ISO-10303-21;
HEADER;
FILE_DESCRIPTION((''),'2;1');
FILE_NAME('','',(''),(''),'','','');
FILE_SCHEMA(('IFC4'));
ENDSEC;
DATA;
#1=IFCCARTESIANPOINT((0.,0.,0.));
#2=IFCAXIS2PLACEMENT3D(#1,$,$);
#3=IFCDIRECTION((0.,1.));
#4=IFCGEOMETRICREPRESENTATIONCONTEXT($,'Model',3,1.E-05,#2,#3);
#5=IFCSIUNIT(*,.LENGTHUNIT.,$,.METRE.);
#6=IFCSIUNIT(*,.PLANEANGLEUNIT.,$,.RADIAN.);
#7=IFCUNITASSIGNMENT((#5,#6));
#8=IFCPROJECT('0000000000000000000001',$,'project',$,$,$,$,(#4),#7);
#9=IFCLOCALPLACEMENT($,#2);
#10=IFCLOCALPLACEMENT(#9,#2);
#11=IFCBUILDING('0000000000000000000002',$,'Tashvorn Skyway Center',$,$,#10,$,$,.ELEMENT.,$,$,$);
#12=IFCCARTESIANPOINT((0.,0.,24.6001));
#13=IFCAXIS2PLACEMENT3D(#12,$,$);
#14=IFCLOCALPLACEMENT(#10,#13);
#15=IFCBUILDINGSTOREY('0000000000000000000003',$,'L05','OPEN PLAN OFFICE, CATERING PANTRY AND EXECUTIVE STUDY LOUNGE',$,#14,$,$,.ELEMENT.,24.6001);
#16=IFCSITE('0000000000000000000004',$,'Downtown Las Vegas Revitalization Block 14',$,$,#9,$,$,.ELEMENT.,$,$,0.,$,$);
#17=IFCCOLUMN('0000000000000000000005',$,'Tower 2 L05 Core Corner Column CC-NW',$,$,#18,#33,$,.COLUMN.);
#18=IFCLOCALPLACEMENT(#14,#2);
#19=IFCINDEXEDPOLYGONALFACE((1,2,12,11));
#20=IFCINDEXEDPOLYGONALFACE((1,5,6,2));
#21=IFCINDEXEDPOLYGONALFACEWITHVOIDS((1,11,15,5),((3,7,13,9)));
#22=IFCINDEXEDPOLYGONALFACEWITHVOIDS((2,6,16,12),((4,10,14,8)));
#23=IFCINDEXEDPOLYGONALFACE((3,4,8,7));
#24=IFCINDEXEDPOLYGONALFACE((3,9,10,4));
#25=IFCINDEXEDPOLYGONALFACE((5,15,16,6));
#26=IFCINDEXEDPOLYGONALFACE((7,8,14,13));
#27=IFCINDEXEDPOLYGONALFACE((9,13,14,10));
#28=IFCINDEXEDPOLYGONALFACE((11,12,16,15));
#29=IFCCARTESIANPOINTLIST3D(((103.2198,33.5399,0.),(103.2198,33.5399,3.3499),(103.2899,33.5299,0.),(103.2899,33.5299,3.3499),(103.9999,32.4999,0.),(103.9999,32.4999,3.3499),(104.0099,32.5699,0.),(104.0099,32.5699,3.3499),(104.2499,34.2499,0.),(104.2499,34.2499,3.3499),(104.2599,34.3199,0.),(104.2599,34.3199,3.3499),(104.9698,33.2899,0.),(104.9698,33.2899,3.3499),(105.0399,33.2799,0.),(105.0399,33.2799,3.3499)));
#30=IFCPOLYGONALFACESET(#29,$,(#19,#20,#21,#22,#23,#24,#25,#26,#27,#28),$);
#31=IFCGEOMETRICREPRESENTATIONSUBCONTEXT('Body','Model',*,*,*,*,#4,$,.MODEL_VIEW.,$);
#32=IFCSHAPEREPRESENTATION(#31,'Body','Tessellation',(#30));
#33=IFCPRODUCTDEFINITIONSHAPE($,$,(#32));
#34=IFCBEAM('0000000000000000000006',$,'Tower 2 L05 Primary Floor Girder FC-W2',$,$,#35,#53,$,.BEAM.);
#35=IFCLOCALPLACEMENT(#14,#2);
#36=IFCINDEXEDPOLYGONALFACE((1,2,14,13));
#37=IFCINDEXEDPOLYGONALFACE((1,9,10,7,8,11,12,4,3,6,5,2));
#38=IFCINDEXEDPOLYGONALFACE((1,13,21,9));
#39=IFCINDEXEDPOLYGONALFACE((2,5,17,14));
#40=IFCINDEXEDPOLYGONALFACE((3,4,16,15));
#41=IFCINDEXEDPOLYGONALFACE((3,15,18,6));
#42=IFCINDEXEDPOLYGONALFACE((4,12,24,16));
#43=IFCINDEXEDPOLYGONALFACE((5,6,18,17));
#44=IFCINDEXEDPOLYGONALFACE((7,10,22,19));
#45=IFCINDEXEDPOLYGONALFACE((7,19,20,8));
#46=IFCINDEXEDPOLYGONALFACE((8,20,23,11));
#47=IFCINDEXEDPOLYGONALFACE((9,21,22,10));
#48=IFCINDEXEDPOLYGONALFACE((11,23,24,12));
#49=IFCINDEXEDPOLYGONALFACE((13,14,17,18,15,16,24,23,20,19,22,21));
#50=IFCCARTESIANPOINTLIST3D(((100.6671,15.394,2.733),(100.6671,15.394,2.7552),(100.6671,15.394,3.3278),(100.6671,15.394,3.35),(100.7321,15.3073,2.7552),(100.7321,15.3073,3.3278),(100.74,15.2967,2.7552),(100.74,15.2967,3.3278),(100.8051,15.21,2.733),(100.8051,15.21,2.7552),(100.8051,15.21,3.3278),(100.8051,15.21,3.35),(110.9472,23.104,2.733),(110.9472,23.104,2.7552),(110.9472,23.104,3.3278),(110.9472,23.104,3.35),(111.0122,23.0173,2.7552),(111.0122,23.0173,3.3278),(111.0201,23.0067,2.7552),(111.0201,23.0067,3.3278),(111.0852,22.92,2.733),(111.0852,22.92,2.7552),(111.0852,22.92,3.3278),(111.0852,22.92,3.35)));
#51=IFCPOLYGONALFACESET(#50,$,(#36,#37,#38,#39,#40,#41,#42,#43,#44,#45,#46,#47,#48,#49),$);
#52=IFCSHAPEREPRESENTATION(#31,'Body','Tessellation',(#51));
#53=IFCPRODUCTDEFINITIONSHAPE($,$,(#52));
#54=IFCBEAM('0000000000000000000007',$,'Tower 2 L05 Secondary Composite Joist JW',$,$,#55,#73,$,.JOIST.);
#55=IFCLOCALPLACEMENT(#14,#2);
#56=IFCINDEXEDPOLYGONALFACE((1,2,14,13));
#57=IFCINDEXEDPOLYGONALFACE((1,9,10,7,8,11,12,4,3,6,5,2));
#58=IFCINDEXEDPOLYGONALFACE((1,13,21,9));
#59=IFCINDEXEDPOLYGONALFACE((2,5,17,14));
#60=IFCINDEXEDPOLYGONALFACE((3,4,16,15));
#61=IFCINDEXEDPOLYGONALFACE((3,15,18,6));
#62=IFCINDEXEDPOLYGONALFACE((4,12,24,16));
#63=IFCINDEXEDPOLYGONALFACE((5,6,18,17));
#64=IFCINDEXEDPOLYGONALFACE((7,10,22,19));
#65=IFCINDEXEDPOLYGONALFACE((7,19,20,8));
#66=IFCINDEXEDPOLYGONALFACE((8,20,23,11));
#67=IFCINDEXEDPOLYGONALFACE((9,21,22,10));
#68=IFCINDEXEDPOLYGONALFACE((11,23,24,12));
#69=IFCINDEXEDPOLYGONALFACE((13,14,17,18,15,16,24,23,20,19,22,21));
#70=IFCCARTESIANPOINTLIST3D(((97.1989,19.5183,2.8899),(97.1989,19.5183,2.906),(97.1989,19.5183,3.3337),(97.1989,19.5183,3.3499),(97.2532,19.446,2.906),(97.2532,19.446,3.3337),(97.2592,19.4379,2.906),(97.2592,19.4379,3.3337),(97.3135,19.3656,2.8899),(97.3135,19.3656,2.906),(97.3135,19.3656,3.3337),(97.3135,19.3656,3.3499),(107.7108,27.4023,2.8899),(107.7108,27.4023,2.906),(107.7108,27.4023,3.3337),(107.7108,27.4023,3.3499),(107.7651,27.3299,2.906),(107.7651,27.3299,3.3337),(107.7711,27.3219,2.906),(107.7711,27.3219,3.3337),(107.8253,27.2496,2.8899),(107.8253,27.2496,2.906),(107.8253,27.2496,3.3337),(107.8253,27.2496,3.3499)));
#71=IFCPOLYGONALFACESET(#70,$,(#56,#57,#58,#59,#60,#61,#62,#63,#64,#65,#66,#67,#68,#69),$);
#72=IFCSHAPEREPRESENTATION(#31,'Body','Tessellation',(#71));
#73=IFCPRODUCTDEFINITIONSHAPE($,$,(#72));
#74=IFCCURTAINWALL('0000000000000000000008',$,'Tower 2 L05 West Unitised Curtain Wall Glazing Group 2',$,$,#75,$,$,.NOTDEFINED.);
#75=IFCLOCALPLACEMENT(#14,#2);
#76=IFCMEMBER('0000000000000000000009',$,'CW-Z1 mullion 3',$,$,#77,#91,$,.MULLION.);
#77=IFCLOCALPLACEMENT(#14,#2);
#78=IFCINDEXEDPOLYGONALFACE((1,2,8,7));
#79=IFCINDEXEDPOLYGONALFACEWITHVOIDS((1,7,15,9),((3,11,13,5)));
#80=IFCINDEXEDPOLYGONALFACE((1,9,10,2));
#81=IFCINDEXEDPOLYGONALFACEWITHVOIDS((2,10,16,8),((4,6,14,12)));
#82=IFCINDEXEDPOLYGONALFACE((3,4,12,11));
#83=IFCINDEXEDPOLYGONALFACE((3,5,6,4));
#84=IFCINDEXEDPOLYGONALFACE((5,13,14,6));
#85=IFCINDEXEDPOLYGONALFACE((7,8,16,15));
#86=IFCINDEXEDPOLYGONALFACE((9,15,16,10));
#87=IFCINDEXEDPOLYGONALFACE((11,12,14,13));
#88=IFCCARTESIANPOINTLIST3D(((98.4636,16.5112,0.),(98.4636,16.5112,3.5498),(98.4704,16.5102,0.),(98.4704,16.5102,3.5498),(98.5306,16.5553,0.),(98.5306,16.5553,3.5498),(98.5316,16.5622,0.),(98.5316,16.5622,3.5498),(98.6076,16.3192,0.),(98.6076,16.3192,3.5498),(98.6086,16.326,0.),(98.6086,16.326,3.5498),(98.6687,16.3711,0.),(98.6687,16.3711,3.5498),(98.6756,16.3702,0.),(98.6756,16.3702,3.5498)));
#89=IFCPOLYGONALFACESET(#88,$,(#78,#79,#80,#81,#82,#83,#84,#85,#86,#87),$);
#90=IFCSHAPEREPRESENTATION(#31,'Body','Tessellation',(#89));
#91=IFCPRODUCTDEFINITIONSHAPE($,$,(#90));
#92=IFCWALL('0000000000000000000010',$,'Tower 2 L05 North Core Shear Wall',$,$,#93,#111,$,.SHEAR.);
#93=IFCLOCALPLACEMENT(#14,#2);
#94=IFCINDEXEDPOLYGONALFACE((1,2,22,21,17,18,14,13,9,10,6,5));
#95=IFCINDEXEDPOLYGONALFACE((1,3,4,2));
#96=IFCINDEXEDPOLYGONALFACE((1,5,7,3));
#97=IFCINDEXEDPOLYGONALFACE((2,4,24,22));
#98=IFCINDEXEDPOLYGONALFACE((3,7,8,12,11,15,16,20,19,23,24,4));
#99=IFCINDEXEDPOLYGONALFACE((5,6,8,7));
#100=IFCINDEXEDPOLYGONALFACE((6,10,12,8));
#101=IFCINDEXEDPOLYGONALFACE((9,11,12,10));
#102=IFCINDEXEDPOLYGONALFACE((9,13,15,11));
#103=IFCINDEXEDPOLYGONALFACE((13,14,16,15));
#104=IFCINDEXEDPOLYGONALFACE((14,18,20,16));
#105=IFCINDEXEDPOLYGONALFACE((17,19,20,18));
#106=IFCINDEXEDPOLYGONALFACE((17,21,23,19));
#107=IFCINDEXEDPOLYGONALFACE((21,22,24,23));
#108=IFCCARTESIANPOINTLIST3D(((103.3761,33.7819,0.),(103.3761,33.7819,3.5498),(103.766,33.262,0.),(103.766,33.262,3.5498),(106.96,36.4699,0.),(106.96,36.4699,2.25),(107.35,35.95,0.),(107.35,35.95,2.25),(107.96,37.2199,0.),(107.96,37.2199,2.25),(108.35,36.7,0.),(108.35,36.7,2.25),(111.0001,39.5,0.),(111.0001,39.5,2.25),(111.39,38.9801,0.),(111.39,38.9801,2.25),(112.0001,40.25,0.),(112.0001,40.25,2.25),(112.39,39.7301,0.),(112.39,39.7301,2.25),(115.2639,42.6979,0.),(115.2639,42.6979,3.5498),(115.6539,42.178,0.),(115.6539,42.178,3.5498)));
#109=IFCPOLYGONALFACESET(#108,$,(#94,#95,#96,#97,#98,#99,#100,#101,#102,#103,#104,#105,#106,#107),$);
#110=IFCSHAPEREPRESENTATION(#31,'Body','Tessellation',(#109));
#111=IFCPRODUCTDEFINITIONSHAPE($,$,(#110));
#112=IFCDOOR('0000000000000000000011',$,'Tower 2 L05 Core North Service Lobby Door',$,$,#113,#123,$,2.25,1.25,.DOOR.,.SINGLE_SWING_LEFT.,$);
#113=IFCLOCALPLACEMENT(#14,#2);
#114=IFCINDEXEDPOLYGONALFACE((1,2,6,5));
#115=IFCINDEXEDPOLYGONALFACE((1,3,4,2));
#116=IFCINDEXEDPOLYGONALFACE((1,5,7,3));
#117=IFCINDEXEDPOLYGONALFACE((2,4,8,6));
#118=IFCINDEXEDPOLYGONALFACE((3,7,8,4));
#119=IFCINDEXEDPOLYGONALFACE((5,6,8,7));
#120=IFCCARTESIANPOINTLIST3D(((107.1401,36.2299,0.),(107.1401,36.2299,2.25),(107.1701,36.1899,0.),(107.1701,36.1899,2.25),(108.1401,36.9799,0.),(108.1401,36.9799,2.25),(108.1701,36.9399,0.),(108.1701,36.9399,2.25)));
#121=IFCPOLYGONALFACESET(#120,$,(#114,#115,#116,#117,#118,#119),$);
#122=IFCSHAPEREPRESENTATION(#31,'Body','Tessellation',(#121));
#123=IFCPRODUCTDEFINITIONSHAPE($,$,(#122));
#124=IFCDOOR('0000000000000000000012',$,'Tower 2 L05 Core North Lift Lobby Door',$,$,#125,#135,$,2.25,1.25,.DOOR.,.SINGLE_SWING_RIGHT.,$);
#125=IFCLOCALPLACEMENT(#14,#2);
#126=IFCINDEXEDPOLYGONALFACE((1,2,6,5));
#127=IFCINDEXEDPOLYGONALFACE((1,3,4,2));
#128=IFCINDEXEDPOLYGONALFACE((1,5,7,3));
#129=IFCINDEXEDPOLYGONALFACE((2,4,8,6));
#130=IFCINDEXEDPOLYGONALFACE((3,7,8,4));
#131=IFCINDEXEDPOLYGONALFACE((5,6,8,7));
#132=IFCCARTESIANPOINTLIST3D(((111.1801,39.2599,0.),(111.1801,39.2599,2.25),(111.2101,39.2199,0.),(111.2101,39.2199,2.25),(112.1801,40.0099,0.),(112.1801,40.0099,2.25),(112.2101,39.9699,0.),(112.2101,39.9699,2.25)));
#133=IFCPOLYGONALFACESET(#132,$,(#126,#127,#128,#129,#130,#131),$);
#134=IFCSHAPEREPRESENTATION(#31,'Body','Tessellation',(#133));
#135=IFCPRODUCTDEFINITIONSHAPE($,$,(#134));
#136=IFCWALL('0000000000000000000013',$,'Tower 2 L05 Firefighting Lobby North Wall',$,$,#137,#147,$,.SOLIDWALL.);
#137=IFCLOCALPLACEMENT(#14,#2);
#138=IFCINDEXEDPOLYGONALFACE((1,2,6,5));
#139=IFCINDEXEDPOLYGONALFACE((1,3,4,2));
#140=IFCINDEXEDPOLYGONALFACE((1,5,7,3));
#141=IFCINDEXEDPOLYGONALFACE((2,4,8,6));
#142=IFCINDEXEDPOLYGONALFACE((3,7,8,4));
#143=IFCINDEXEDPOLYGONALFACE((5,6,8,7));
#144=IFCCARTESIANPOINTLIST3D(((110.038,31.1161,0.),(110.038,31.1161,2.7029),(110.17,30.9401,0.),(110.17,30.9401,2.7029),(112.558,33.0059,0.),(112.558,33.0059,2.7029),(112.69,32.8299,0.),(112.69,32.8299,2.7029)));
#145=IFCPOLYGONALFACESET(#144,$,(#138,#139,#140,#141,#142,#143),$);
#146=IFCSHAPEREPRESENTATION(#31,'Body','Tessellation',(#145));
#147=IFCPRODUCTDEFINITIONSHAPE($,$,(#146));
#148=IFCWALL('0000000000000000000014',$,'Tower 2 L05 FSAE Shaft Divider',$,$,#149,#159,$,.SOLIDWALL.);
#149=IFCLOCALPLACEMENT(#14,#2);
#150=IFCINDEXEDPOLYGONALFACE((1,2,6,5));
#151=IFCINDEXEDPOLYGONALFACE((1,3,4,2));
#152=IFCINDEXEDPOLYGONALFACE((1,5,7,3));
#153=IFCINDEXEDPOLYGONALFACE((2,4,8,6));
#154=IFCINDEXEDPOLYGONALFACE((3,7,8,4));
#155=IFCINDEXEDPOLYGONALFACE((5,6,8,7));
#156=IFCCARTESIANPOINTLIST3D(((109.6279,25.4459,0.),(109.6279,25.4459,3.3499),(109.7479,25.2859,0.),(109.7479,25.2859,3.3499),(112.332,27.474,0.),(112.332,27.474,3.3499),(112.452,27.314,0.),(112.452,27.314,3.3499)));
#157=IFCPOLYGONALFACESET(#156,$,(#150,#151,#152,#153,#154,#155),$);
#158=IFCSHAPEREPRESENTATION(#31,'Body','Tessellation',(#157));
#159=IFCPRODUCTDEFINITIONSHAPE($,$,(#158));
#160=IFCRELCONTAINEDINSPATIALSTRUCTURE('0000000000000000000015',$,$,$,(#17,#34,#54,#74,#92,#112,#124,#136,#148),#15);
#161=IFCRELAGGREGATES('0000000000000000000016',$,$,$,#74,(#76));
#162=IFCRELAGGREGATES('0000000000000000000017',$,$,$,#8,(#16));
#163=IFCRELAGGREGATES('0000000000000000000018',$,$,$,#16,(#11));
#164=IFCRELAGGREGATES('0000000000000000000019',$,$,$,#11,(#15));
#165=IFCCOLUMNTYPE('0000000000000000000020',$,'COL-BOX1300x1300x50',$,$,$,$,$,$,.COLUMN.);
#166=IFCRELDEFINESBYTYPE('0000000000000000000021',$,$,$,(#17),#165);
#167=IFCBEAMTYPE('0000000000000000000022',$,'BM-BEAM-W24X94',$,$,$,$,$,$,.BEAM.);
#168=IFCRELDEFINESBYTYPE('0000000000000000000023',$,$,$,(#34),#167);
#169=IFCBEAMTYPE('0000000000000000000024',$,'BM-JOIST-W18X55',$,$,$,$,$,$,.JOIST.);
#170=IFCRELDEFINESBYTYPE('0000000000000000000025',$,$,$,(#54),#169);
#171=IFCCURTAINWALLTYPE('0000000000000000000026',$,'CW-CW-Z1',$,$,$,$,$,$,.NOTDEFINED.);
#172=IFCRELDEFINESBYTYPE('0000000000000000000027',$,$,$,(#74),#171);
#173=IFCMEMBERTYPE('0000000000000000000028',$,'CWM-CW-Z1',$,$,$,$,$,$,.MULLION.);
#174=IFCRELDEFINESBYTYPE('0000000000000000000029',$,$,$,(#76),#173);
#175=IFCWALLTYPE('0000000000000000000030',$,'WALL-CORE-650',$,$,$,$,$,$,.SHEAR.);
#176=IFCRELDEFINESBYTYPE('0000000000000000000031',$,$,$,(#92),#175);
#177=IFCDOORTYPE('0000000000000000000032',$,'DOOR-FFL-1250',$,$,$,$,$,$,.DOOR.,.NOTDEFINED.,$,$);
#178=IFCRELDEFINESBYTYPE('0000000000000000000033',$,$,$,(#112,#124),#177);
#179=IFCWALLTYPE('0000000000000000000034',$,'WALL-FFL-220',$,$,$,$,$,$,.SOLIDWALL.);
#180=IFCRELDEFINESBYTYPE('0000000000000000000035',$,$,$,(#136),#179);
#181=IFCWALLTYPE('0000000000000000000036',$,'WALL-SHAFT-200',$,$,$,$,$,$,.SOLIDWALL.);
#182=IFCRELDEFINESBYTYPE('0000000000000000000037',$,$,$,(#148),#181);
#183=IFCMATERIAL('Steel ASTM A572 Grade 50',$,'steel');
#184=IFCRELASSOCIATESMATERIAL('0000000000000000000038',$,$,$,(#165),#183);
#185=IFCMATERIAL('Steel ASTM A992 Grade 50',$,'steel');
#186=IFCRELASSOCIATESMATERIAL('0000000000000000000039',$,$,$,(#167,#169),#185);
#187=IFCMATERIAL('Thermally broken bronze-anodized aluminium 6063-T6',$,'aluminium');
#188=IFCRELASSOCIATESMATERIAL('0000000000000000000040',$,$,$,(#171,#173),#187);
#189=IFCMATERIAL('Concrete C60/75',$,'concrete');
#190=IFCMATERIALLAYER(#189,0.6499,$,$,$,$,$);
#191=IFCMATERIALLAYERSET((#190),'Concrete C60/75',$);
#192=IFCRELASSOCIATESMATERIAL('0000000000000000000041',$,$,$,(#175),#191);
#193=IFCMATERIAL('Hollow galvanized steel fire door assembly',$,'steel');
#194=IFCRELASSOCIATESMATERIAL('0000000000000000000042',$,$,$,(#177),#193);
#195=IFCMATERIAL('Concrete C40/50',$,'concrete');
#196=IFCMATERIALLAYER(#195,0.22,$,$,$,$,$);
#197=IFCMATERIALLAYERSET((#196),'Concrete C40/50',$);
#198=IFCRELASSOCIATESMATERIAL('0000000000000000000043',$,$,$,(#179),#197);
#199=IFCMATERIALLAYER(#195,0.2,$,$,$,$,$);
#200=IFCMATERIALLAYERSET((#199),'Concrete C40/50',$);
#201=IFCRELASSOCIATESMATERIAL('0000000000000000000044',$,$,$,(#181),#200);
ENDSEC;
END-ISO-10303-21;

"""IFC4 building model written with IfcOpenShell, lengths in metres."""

from ifc_helpers import new_model, si_unit, direction, frame, frame_2d, origin, origin_2d, place, context, subcontext, project, spatial, rectangle, hollow_rectangle, i_section, extrude, material, layer, layer_set, material_profile, profile_set, type_object, element, fill, aggregate, save


model = new_model("IFC4")

# Units and contexts
model_context = context("Model", 3, precision=1e-05, world=origin(), true_north=direction((0.0, 1.0)))
body_context = subcontext(model_context, "Body", "Model", "MODEL_VIEW")
ifc_project = project(units=[si_unit("LENGTHUNIT", "METRE"), si_unit("PLANEANGLEUNIT", "RADIAN")], contexts=[model_context])

# Site, building, storey
site_placement = place(None, origin())
site = spatial("IfcSite", under=ifc_project, at=site_placement, Name="Downtown Las Vegas Revitalization Block 14", CompositionType="ELEMENT", RefElevation=0.0)
building_placement = place(site_placement, origin())
building = spatial("IfcBuilding", under=site, at=building_placement, Name="Tashvorn Skyway Center", CompositionType="ELEMENT")
storey_placement = place(building_placement, frame((0.0, 0.0, 24.6001)))
storey = spatial("IfcBuildingStorey", under=building, at=storey_placement, Name="L05", Description="OPEN PLAN OFFICE, CATERING PANTRY AND EXECUTIVE STUDY LOUNGE", CompositionType="ELEMENT", Elevation=24.6001)

# Column
ifc_material_1 = material(Name="Steel ASTM A572 Grade 50", Category="steel")
ifc_material_profile_1 = material_profile(ifc_material_1, hollow_rectangle(XDim=1.3, YDim=1.3, WallThickness=0.05, at=origin_2d()), Name="BOX1300x1300x50")
ifc_profile_set_1 = profile_set([ifc_material_profile_1], Name="Steel ASTM A572 Grade 50")
column_type = type_object("IfcColumnType", Name="COL-BOX1300x1300x50", PredefinedType="COLUMN", material=ifc_profile_set_1)
column_placement = place(storey_placement, frame((104.1299, 33.4099, 0.0), z_axis=(0.0, 0.0, 1.0), x_axis=(0.8, 0.6, 0.0)))
element("IfcColumn", 1, at=column_placement, inside=storey, type_object=column_type, Name="Tower 2 L05 Core Corner Column CC-NW", PredefinedType="COLUMN", context=body_context, shape_type="SweptSolid", body=[
    extrude(hollow_rectangle(XDim=1.3, YDim=1.3, WallThickness=0.05, at=origin_2d()), origin(), (0.0, 0.0, 1.0), 3.3499),
])

# Beams
ifc_material_2 = material(Name="Steel ASTM A992 Grade 50", Category="steel")
ifc_material_profile_2 = material_profile(ifc_material_2, i_section(OverallWidth=0.23, OverallDepth=0.6169, WebThickness=0.0132, FlangeThickness=0.0222, at=origin_2d()), Name="W24X94")
ifc_profile_set_2 = profile_set([ifc_material_profile_2], Name="Steel ASTM A992 Grade 50")
beam_type_1 = type_object("IfcBeamType", Name="BM-BEAM-W24X94", PredefinedType="BEAM", material=ifc_profile_set_2)
beam_1_placement = place(storey_placement, frame((100.7361, 15.302, 3.0415), z_axis=(0.800002, 0.599997, 0.0), x_axis=(-0.599997, 0.800002, 0.0)))
element("IfcBeam", 2, at=beam_1_placement, inside=storey, type_object=beam_type_1, Name="Tower 2 L05 Primary Floor Girder FC-W2", PredefinedType="BEAM", context=body_context, shape_type="SweptSolid", body=[
    extrude(i_section(OverallWidth=0.23, OverallDepth=0.6169, WebThickness=0.0132, FlangeThickness=0.0222, at=origin_2d()), origin(), (0.0, 0.0, 1.0), 12.8501),
])
ifc_material_profile_3 = material_profile(ifc_material_2, i_section(OverallWidth=0.1909, OverallDepth=0.46, WebThickness=0.01, FlangeThickness=0.0161, at=origin_2d()), Name="W18X55")
ifc_profile_set_3 = profile_set([ifc_material_profile_3], Name="Steel ASTM A992 Grade 50")
beam_type_2 = type_object("IfcBeamType", Name="BM-JOIST-W18X55", PredefinedType="JOIST", material=ifc_profile_set_3)
beam_2_placement = place(storey_placement, frame((107.7681, 27.3259, 3.1199), z_axis=(-0.799998, -0.600003, 0.0), x_axis=(0.600003, -0.799998, 0.0)))
element("IfcBeam", 3, at=beam_2_placement, inside=storey, type_object=beam_type_2, Name="Tower 2 L05 Secondary Composite Joist JW", PredefinedType="JOIST", context=body_context, shape_type="SweptSolid", body=[
    extrude(i_section(OverallWidth=0.1909, OverallDepth=0.46, WebThickness=0.01, FlangeThickness=0.0161, at=origin_2d()), origin(), (0.0, 0.0, 1.0), 13.1399),
])

# Curtain wall, member
ifc_material_3 = material(Name="Thermally broken bronze-anodized aluminium 6063-T6", Category="aluminium")
curtain_wall_type = type_object("IfcCurtainWallType", Name="CW-CW-Z1", PredefinedType="NOTDEFINED", material=ifc_material_3)
curtain_wall_placement = place(storey_placement, origin())
curtain_wall = element("IfcCurtainWall", 4, at=curtain_wall_placement, inside=storey, type_object=curtain_wall_type, Name="Tower 2 L05 West Unitised Curtain Wall Glazing Group 2", PredefinedType="NOTDEFINED")
ifc_material_profile_4 = material_profile(ifc_material_3, hollow_rectangle(XDim=0.085, YDim=0.24, WallThickness=0.0049, at=origin_2d()), Name="ALU-MULL-85x240")
ifc_profile_set_4 = profile_set([ifc_material_profile_4], Name="Thermally broken bronze-anodized aluminium 6063-T6")
member_type = type_object("IfcMemberType", Name="CWM-CW-Z1", PredefinedType="MULLION", material=ifc_profile_set_4)
member_placement = place(storey_placement, frame((98.5696, 16.4407, 0.0), z_axis=(0.0, 0.0, 1.0), x_axis=(-0.800002, -0.599997, 0.0)))
member = element("IfcMember", 5, at=member_placement, type_object=member_type, Name="CW-Z1 mullion 3", PredefinedType="MULLION", context=body_context, shape_type="SweptSolid", body=[
    extrude(hollow_rectangle(XDim=0.085, YDim=0.24, WallThickness=0.0049, at=origin_2d()), origin(), (0.0, 0.0, 1.0), 3.5498),
])
aggregate(curtain_wall, [member])

# Wall, openings, doors
ifc_material_4 = material(Name="Concrete C60/75", Category="concrete")
ifc_layer_1 = layer(ifc_material_4, 0.6499)
ifc_layer_set_1 = layer_set([ifc_layer_1], Name="Concrete C60/75")
wall_type_1 = type_object("IfcWallType", Name="WALL-CORE-650", PredefinedType="SHEAR", material=ifc_layer_set_1)
wall_1_placement = place(storey_placement, frame((103.571, 33.522, 0.0), z_axis=(0.0, 0.0, 1.0), x_axis=(0.799998, 0.600003, 0.0)))
wall_1 = element("IfcWall", 6, at=wall_1_placement, inside=storey, type_object=wall_type_1, Name="Tower 2 L05 North Core Shear Wall", PredefinedType="SHEAR", context=body_context, shape_type="SweptSolid", body=[
    extrude(rectangle(XDim=14.8599, YDim=0.6499, at=frame_2d((7.4299, 0.0))), origin(), (0.0, 0.0, 1.0), 3.5498),
])
opening_1_placement = place(wall_1_placement, frame((4.48, 0.0, 0.0)))
opening_1 = element("IfcOpeningElement", 7, at=opening_1_placement, cuts=wall_1, PredefinedType="OPENING", context=body_context, shape_type="SweptSolid", body=[
    extrude(rectangle(XDim=1.25, YDim=2.25, at=frame_2d((0.625, 1.125))), frame((0.0, 0.335, 0.0), z_axis=(0.0, -1.0, 0.0), x_axis=(1.0, 0.0, 0.0)), (0.0, 0.0, 1.0), 0.6699),
])
opening_2_placement = place(wall_1_placement, frame((9.53, 0.0, 0.0)))
opening_2 = element("IfcOpeningElement", 8, at=opening_2_placement, cuts=wall_1, PredefinedType="OPENING", context=body_context, shape_type="SweptSolid", body=[
    extrude(rectangle(XDim=1.25, YDim=2.25, at=frame_2d((0.625, 1.125))), frame((0.0, 0.335, 0.0), z_axis=(0.0, -1.0, 0.0), x_axis=(1.0, 0.0, 0.0)), (0.0, 0.0, 1.0), 0.6699),
])
ifc_material_5 = material(Name="Hollow galvanized steel fire door assembly", Category="steel")
door_type = type_object("IfcDoorType", Name="DOOR-FFL-1250", OperationType="NOTDEFINED", PredefinedType="DOOR", material=ifc_material_5)
door_1_placement = place(opening_1_placement, origin())
door_1 = element("IfcDoor", 9, at=door_1_placement, inside=storey, type_object=door_type, Name="Tower 2 L05 Core North Service Lobby Door", OperationType="SINGLE_SWING_LEFT", OverallHeight=2.25, OverallWidth=1.25, PredefinedType="DOOR", context=body_context, shape_type="SweptSolid", body=[
    extrude(rectangle(XDim=1.25, YDim=2.25, at=frame_2d((0.625, 1.125))), frame((0.0, 0.0249, 0.0), z_axis=(0.0, -1.0, 0.0), x_axis=(1.0, 0.0, 0.0)), (0.0, 0.0, 1.0), 0.05),
])
fill(opening_1, door_1)
door_2_placement = place(opening_2_placement, origin())
door_2 = element("IfcDoor", 10, at=door_2_placement, inside=storey, type_object=door_type, Name="Tower 2 L05 Core North Lift Lobby Door", OperationType="SINGLE_SWING_RIGHT", OverallHeight=2.25, OverallWidth=1.25, PredefinedType="DOOR", context=body_context, shape_type="SweptSolid", body=[
    extrude(rectangle(XDim=1.25, YDim=2.25, at=frame_2d((0.625, 1.125))), frame((0.0, 0.0249, 0.0), z_axis=(0.0, -1.0, 0.0), x_axis=(1.0, 0.0, 0.0)), (0.0, 0.0, 1.0), 0.05),
])
fill(opening_2, door_2)

# Walls
ifc_material_6 = material(Name="Concrete C40/50", Category="concrete")
ifc_layer_2 = layer(ifc_material_6, 0.22)
ifc_layer_set_2 = layer_set([ifc_layer_2], Name="Concrete C40/50")
wall_type_2 = type_object("IfcWallType", Name="WALL-FFL-220", PredefinedType="SOLIDWALL", material=ifc_layer_set_2)
wall_2_placement = place(storey_placement, frame((110.104, 31.0281, 0.0), z_axis=(0.0, 0.0, 1.0), x_axis=(0.800019, 0.599975, 0.0)))
element("IfcWall", 11, at=wall_2_placement, inside=storey, type_object=wall_type_2, Name="Tower 2 L05 Firefighting Lobby North Wall", PredefinedType="SOLIDWALL", context=body_context, shape_type="SweptSolid", body=[
    extrude(rectangle(XDim=3.1499, YDim=0.22, at=frame_2d((1.575, 0.0))), origin(), (0.0, 0.0, 1.0), 2.7029),
])
ifc_layer_3 = layer(ifc_material_6, 0.2)
ifc_layer_set_3 = layer_set([ifc_layer_3], Name="Concrete C40/50")
wall_type_3 = type_object("IfcWallType", Name="WALL-SHAFT-200", PredefinedType="SOLIDWALL", material=ifc_layer_set_3)
wall_3_placement = place(storey_placement, frame((109.688, 25.366, 0.0), z_axis=(0.0, 0.0, 1.0), x_axis=(0.8, 0.6, 0.0)))
element("IfcWall", 12, at=wall_3_placement, inside=storey, type_object=wall_type_3, Name="Tower 2 L05 FSAE Shaft Divider", PredefinedType="SOLIDWALL", context=body_context, shape_type="SweptSolid", body=[
    extrude(rectangle(XDim=3.3801, YDim=0.2, at=frame_2d((1.6899, 0.0))), origin(), (0.0, 0.0, 1.0), 3.3499),
])

save(model, "model.ifc")
